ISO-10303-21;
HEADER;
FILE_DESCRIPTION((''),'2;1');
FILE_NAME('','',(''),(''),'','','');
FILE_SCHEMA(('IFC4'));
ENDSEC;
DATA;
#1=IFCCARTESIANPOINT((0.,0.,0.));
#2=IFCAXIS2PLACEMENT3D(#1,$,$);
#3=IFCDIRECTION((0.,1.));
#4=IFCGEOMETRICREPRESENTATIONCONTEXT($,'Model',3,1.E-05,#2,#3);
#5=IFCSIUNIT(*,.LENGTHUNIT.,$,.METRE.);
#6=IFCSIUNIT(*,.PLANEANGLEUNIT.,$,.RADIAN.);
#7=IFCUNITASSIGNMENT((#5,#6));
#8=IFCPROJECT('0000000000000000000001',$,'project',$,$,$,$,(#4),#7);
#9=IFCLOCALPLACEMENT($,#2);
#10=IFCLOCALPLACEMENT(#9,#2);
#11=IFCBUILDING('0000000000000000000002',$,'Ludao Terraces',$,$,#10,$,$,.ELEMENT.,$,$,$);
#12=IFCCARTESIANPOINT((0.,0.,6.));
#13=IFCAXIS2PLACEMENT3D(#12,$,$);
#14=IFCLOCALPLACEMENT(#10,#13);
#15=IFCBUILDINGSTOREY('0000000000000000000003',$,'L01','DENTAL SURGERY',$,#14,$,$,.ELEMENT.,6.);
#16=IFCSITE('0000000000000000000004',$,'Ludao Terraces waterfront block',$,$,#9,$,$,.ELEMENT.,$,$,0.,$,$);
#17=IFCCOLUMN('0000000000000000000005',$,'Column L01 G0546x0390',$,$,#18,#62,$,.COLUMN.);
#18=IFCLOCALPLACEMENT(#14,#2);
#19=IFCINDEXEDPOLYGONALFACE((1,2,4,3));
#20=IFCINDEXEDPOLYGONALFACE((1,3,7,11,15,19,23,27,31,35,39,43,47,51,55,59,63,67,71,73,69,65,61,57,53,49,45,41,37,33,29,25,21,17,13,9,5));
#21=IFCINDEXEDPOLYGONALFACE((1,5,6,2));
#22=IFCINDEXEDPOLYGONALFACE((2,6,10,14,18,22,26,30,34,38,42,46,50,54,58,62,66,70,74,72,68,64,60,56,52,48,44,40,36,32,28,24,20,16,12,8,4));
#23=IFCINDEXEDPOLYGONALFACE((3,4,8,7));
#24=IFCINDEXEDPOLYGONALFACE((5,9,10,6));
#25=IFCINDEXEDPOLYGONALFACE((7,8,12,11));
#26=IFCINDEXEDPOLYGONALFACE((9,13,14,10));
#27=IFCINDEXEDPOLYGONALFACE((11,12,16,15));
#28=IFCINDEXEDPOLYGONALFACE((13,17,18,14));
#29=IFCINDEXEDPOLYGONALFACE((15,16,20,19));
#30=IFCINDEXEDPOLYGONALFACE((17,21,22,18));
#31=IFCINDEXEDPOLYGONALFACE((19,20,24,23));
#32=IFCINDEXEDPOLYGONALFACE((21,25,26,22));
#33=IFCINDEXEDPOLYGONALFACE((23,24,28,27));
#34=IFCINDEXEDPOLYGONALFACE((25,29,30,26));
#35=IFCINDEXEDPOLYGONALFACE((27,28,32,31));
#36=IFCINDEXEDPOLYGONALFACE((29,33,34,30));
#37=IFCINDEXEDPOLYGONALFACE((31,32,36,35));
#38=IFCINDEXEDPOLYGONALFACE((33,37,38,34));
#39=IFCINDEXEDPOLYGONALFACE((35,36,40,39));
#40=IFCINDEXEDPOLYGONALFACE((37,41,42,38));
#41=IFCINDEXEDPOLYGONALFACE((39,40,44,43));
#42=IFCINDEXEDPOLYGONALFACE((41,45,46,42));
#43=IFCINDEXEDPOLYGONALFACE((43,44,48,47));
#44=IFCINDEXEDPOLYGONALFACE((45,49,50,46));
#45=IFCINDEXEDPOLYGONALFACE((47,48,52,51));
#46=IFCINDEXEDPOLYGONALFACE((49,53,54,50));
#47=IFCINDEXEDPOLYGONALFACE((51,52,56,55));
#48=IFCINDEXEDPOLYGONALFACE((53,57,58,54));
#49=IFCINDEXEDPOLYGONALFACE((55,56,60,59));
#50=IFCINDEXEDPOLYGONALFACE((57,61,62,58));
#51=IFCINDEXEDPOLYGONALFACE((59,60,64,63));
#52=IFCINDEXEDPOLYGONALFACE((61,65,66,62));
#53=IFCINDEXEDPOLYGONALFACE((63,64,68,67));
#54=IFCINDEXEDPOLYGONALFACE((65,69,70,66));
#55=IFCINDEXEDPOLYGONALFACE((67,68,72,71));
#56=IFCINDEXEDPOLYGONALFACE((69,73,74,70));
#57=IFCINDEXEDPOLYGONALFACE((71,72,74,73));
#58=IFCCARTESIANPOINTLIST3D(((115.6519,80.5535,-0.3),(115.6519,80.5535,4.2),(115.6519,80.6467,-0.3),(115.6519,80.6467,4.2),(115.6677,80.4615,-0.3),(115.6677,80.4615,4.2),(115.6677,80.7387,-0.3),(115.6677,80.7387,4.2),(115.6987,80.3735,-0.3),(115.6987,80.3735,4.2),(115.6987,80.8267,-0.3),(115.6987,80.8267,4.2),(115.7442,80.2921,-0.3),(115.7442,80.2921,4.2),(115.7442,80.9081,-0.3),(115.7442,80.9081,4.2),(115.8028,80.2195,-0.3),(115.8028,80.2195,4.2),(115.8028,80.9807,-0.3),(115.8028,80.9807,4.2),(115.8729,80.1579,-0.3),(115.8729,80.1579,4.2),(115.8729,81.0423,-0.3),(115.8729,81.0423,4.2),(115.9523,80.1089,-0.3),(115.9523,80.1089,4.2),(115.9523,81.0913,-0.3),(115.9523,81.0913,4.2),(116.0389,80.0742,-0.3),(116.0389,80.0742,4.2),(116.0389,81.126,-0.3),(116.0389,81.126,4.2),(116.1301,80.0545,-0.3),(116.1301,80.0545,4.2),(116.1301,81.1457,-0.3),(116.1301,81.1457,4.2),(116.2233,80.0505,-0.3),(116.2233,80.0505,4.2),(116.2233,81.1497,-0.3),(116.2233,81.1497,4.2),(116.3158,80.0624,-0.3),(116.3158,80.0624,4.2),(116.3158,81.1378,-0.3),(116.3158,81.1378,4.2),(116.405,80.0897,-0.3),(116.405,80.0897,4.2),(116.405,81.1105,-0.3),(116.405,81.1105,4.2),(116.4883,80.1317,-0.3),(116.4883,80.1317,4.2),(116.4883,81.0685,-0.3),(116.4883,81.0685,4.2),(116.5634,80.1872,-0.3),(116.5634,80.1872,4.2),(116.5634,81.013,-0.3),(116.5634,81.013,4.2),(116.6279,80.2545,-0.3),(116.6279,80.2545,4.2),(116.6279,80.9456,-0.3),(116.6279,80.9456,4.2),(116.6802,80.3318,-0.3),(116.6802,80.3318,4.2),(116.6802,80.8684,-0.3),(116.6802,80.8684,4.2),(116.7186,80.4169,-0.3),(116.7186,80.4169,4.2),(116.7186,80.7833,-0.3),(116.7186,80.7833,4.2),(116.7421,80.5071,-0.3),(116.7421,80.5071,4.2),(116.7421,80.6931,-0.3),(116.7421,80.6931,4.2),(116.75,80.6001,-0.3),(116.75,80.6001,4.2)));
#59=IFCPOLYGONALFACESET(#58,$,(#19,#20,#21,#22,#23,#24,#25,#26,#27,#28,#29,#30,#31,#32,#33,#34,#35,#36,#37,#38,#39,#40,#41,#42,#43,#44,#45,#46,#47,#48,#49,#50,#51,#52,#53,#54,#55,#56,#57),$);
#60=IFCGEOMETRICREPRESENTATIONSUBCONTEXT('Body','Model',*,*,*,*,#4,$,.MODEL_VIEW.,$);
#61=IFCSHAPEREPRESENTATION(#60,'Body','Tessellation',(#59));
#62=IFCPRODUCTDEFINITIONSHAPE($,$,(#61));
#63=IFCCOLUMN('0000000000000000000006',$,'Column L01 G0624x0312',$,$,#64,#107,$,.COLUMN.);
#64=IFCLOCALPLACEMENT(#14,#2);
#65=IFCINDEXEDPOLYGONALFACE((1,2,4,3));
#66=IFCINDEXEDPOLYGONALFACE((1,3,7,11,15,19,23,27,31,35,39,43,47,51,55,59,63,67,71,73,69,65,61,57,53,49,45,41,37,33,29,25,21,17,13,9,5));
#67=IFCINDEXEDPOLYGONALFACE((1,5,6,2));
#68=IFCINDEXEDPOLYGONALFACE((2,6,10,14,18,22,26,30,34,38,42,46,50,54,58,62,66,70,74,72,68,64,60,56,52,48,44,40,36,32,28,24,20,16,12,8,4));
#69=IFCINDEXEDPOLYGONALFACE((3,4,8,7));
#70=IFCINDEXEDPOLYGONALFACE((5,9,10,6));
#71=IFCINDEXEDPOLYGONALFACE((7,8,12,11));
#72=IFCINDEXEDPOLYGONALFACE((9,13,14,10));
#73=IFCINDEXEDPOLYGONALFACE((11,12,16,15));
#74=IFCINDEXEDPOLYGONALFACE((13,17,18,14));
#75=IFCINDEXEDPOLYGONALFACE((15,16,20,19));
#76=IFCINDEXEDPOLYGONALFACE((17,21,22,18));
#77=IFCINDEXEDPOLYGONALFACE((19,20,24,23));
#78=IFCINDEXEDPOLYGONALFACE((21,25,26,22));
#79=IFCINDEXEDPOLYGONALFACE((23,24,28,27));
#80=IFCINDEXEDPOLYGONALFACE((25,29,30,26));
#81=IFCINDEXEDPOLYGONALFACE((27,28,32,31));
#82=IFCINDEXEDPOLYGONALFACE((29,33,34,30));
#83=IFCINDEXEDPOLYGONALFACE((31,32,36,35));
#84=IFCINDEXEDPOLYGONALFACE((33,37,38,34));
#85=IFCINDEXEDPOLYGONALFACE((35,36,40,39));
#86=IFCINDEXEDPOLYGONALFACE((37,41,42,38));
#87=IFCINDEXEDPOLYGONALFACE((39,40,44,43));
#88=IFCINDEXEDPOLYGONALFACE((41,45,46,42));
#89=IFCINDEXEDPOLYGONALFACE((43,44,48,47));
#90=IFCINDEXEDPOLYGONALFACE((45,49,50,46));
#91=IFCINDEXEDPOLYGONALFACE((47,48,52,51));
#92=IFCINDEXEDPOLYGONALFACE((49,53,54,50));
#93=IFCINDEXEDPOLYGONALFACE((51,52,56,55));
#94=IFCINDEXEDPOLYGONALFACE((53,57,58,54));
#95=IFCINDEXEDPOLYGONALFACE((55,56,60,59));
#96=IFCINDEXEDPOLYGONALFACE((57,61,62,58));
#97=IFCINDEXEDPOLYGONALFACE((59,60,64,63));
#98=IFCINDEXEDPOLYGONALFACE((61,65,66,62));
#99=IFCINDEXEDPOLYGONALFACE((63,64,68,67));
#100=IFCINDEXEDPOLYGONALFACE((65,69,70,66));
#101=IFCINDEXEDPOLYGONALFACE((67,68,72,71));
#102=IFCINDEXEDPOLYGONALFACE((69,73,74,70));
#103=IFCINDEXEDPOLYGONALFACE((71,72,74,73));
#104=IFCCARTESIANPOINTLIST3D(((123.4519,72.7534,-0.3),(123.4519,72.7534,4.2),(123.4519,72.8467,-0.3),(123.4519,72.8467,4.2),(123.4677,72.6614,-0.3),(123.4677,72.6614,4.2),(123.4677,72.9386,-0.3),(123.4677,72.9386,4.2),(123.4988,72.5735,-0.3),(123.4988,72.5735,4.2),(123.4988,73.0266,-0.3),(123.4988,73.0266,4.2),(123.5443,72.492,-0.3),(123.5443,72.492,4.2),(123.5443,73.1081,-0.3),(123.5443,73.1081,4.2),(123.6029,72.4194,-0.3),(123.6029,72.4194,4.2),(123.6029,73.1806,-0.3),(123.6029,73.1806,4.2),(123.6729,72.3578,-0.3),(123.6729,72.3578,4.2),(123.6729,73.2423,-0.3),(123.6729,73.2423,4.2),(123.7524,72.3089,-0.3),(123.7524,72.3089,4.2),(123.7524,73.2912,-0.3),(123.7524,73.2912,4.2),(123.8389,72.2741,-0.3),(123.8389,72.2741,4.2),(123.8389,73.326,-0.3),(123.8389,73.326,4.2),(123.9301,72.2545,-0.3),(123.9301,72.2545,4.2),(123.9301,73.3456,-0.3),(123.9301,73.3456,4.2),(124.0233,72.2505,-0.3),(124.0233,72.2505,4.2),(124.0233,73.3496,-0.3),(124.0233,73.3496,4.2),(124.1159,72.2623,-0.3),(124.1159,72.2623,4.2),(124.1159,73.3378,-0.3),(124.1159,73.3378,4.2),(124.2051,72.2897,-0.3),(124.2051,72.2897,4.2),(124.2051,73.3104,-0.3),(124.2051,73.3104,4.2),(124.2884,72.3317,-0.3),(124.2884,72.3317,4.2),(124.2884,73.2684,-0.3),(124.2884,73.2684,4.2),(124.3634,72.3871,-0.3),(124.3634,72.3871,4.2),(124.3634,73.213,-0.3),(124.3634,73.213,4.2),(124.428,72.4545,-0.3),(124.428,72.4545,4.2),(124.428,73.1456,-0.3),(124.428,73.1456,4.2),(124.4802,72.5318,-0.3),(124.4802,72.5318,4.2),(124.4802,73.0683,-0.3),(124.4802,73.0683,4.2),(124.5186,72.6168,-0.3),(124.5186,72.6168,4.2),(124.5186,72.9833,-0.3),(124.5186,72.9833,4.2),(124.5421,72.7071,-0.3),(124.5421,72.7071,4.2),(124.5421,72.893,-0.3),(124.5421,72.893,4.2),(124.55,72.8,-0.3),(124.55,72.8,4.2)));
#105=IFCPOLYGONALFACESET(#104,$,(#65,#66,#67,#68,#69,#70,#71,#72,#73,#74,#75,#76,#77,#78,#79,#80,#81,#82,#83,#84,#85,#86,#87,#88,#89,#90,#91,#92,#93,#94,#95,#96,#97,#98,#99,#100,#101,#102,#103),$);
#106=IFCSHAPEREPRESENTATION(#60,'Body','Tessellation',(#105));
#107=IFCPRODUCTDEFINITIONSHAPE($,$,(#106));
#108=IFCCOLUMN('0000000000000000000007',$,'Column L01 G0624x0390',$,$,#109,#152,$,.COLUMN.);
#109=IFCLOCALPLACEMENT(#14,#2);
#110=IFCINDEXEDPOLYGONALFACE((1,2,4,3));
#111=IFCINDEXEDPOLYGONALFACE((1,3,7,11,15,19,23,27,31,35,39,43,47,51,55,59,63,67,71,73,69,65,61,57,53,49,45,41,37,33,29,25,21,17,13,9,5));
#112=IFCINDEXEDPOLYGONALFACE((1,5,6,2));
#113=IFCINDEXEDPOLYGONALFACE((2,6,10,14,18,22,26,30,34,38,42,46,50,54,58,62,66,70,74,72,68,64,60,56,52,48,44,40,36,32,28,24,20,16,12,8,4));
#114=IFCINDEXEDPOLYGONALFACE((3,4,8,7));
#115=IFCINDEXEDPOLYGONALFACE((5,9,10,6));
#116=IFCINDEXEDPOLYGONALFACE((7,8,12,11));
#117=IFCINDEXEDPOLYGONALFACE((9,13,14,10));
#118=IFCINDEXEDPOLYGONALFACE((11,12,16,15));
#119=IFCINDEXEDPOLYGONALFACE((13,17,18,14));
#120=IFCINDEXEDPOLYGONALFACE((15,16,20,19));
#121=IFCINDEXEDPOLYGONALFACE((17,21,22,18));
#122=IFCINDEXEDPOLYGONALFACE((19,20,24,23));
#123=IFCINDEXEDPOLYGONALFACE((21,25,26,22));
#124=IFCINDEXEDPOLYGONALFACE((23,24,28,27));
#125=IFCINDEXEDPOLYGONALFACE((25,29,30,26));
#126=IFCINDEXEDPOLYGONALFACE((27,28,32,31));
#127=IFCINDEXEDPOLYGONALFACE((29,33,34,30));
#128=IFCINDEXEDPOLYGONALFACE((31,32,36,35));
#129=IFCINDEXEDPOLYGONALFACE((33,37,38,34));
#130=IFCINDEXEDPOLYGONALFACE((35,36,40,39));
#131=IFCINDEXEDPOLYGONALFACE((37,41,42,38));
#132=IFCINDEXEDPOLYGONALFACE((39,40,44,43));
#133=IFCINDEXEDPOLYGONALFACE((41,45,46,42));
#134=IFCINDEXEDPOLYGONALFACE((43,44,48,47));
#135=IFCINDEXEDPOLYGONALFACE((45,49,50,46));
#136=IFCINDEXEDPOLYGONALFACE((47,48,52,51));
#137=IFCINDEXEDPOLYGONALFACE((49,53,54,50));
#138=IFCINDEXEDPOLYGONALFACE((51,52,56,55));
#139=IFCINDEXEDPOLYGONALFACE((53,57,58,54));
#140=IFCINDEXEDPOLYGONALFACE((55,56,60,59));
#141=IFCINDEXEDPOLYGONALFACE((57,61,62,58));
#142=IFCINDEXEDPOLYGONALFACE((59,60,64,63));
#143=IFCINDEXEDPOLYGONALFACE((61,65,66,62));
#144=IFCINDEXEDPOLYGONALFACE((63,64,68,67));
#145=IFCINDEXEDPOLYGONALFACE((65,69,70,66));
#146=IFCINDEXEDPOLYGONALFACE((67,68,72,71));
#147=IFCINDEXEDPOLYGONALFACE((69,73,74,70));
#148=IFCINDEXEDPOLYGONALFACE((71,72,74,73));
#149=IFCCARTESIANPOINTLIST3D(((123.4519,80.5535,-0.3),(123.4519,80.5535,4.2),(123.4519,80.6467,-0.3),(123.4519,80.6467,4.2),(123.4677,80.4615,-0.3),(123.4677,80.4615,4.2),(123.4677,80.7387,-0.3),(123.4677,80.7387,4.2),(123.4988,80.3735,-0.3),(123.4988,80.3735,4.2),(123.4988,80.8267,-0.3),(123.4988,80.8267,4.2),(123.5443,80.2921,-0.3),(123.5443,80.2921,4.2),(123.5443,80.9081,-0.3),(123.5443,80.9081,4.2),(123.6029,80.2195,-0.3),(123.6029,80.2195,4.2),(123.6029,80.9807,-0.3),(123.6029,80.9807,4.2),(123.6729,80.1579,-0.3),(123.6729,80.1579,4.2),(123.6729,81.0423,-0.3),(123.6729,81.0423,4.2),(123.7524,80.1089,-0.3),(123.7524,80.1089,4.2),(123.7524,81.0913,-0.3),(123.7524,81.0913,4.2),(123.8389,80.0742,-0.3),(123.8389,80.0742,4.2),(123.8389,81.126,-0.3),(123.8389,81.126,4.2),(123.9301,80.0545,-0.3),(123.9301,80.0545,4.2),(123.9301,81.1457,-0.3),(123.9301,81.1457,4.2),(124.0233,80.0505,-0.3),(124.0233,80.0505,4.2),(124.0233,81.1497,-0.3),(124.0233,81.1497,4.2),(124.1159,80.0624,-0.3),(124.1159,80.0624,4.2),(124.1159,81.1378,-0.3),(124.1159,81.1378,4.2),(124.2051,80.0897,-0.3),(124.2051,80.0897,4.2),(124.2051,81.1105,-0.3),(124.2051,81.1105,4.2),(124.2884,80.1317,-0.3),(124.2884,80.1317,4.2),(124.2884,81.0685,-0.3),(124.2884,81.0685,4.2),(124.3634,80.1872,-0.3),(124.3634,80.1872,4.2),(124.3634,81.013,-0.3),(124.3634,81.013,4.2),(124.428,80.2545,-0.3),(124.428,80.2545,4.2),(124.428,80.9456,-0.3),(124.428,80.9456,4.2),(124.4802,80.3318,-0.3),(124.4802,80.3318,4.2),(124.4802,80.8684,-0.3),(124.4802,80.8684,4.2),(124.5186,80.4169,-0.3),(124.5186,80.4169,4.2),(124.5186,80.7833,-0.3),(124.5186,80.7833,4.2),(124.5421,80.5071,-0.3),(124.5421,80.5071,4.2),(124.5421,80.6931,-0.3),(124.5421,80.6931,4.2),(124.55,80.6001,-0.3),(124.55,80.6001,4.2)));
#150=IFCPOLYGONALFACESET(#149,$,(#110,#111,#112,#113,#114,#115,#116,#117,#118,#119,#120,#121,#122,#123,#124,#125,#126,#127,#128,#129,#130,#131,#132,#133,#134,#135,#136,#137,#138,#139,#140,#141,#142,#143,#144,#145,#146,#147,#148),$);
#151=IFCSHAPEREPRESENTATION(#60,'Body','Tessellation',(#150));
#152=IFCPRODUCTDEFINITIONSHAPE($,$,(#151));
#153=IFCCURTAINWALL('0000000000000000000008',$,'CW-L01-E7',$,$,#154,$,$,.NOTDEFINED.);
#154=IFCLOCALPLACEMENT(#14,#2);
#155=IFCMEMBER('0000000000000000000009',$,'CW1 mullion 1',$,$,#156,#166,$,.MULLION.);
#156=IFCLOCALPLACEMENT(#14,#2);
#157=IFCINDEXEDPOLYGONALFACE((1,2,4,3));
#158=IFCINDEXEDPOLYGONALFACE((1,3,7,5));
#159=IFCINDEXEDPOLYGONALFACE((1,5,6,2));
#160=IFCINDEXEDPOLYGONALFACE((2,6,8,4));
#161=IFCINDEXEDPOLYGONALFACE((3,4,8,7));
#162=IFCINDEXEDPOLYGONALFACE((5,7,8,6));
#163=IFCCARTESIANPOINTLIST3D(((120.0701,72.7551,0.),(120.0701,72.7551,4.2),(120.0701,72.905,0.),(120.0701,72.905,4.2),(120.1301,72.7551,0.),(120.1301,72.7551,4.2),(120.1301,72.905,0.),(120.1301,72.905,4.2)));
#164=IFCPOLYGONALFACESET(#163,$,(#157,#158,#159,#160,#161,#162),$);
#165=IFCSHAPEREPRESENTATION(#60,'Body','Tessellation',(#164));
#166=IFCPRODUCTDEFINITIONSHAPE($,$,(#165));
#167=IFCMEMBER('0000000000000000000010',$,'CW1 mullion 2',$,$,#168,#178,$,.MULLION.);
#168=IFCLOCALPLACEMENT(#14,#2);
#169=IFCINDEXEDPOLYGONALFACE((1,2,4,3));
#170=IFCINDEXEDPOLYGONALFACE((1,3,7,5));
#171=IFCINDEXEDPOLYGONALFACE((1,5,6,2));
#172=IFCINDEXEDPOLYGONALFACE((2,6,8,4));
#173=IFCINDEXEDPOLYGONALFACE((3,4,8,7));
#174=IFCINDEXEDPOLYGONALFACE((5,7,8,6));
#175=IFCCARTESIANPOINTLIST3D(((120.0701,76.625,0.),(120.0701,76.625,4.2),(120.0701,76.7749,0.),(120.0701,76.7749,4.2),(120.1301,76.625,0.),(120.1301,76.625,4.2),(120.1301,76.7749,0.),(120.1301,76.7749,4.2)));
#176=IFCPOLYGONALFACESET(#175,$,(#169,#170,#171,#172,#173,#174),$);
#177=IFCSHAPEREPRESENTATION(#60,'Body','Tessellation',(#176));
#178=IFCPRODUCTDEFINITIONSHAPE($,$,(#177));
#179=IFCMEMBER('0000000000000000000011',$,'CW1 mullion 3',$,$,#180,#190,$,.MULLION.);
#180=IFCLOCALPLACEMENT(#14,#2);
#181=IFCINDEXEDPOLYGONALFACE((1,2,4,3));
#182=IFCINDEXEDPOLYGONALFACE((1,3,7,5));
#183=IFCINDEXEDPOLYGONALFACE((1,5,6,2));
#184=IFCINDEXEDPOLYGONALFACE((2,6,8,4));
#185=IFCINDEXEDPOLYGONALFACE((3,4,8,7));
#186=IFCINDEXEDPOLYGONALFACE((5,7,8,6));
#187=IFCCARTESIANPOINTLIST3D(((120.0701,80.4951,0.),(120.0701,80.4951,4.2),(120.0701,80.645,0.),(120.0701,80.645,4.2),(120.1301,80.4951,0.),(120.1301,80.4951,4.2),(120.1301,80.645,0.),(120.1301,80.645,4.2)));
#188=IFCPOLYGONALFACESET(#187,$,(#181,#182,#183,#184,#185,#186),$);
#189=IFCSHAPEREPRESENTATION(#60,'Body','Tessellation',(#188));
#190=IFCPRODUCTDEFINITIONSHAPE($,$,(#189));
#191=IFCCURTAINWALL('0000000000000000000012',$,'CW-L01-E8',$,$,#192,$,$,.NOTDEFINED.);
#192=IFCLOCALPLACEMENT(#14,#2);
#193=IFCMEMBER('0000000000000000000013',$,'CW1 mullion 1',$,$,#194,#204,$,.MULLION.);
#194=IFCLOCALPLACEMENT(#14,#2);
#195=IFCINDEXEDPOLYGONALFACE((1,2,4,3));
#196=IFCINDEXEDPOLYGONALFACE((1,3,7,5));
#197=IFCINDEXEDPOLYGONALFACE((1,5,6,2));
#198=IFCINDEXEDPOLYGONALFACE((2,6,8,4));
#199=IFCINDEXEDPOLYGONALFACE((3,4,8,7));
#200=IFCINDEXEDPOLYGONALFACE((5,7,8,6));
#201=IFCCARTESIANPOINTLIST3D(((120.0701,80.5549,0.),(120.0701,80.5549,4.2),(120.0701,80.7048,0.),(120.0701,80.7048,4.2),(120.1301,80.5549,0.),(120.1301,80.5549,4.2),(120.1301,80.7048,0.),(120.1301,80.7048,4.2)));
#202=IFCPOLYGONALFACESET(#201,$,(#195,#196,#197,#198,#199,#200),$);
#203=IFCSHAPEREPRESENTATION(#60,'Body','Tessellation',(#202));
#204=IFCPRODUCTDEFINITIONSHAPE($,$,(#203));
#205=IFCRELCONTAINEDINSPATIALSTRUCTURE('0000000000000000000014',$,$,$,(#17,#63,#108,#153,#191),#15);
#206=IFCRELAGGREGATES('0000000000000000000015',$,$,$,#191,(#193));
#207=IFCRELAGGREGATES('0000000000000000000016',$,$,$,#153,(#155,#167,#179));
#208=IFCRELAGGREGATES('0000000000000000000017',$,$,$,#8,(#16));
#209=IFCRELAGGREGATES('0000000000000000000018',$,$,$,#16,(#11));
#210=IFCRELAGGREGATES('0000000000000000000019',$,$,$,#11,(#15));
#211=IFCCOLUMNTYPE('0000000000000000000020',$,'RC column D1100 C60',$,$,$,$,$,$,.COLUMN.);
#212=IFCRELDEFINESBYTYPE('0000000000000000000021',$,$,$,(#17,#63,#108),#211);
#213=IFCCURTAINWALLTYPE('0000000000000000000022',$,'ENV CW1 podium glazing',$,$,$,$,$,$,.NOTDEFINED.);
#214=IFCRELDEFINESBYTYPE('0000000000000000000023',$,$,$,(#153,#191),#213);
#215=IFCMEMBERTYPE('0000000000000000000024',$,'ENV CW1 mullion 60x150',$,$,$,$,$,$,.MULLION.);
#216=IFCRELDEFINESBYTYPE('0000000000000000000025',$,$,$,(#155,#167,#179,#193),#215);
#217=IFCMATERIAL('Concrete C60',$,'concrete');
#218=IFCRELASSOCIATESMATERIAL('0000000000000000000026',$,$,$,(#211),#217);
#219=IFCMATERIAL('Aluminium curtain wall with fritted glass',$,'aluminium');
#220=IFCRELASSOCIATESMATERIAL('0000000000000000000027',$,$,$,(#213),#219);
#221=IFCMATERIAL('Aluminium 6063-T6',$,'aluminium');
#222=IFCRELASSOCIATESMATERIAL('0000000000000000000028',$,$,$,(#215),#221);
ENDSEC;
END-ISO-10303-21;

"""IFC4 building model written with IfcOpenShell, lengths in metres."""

from ifc_helpers import new_model, si_unit, direction, frame, origin, origin_2d, place, context, subcontext, project, spatial, rectangle, circle, extrude, material, material_profile, profile_set, type_object, element, aggregate, save


model = new_model("IFC4")

# Units and contexts
model_context = context("Model", 3, precision=1e-05, world=origin(), true_north=direction((0.0, 1.0)))
body_context = subcontext(model_context, "Body", "Model", "MODEL_VIEW")
ifc_project = project(units=[si_unit("LENGTHUNIT", "METRE"), si_unit("PLANEANGLEUNIT", "RADIAN")], contexts=[model_context])

# Site, building, storey
site_placement = place(None, origin())
site = spatial("IfcSite", under=ifc_project, at=site_placement, Name="Ludao Terraces waterfront block", CompositionType="ELEMENT", RefElevation=0.0)
building_placement = place(site_placement, origin())
building = spatial("IfcBuilding", under=site, at=building_placement, Name="Ludao Terraces", CompositionType="ELEMENT")
storey_placement = place(building_placement, frame((0.0, 0.0, 6.0)))
storey = spatial("IfcBuildingStorey", under=building, at=storey_placement, Name="L01", Description="DENTAL SURGERY", CompositionType="ELEMENT", Elevation=6.0)

# Columns
ifc_material_1 = material(Name="Concrete C60", Category="concrete")
ifc_material_profile_1 = material_profile(ifc_material_1, circle(Radius=0.55, at=origin_2d()), Name="D1100")
ifc_profile_set_1 = profile_set([ifc_material_profile_1], Name="Concrete C60")
column_type = type_object("IfcColumnType", Name="RC column D1100 C60", PredefinedType="COLUMN", material=ifc_profile_set_1)
for number, where, z_axis, x_axis, name in (
    (1, (116.2, 80.6001, -0.3), (0.0, 0.0, 1.0), (1.0, 0.0, 0.0), "Column L01 G0546x0390"),
    (2, (124.0, 72.8, -0.3), (0.0, 0.0, 1.0), (1.0, 0.0, 0.0), "Column L01 G0624x0312"),
    (3, (124.0, 80.6001, -0.3), (0.0, 0.0, 1.0), (1.0, 0.0, 0.0), "Column L01 G0624x0390"),
):
    element("IfcColumn", number, at=place(storey_placement, frame(where, z_axis=z_axis, x_axis=x_axis)), inside=storey, type_object=column_type, Name=name, PredefinedType="COLUMN", context=body_context, shape_type="SweptSolid", body=[
        extrude(circle(Radius=0.55, at=origin_2d()), origin(), (0.0, 0.0, 1.0), 4.5),
    ])

# Curtain wall, members
ifc_material_2 = material(Name="Aluminium curtain wall with fritted glass", Category="aluminium")
curtain_wall_type = type_object("IfcCurtainWallType", Name="ENV CW1 podium glazing", PredefinedType="NOTDEFINED", material=ifc_material_2)
curtain_wall_1_placement = place(storey_placement, origin())
curtain_wall_1 = element("IfcCurtainWall", 4, at=curtain_wall_1_placement, inside=storey, type_object=curtain_wall_type, Name="CW-L01-E7", PredefinedType="NOTDEFINED")
ifc_material_3 = material(Name="Aluminium 6063-T6", Category="aluminium")
ifc_material_profile_2 = material_profile(ifc_material_3, rectangle(XDim=0.0601, YDim=0.1499, at=origin_2d()), Name="60 X 150")
ifc_profile_set_2 = profile_set([ifc_material_profile_2], Name="Aluminium 6063-T6")
member_type_1 = type_object("IfcMemberType", Name="ENV CW1 mullion 60x150", PredefinedType="MULLION", material=ifc_profile_set_2)
member_1_placement = place(storey_placement, frame((120.1001, 72.8301, 0.0), z_axis=(0.0, 0.0, 1.0), x_axis=(-1.0, 0.0, 0.0)))
member_1 = element("IfcMember", 5, at=member_1_placement, type_object=member_type_1, Name="CW1 mullion 1", PredefinedType="MULLION", context=body_context, shape_type="SweptSolid", body=[
    extrude(rectangle(XDim=0.0601, YDim=0.1499, at=origin_2d()), origin(), (0.0, 0.0, 1.0), 4.2),
])
member_2_placement = place(storey_placement, frame((120.1001, 76.7, 0.0), z_axis=(0.0, 0.0, 1.0), x_axis=(-1.0, 0.0, 0.0)))
member_2 = element("IfcMember", 6, at=member_2_placement, type_object=member_type_1, Name="CW1 mullion 2", PredefinedType="MULLION", context=body_context, shape_type="SweptSolid", body=[
    extrude(rectangle(XDim=0.0601, YDim=0.1499, at=origin_2d()), origin(), (0.0, 0.0, 1.0), 4.2),
])
member_3_placement = place(storey_placement, frame((120.1001, 80.5701, 0.0), z_axis=(0.0, 0.0, 1.0), x_axis=(-1.0, 0.0, 0.0)))
member_3 = element("IfcMember", 7, at=member_3_placement, type_object=member_type_1, Name="CW1 mullion 3", PredefinedType="MULLION", context=body_context, shape_type="SweptSolid", body=[
    extrude(rectangle(XDim=0.0601, YDim=0.1499, at=origin_2d()), origin(), (0.0, 0.0, 1.0), 4.2),
])

# Curtain wall, member
curtain_wall_2_placement = place(storey_placement, origin())
curtain_wall_2 = element("IfcCurtainWall", 8, at=curtain_wall_2_placement, inside=storey, type_object=curtain_wall_type, Name="CW-L01-E8", PredefinedType="NOTDEFINED")
member_4_placement = place(storey_placement, frame((120.1001, 80.6299, 0.0), z_axis=(0.0, 0.0, 1.0), x_axis=(-1.0, 0.0, 0.0)))
member_4 = element("IfcMember", 9, at=member_4_placement, type_object=member_type_1, Name="CW1 mullion 1", PredefinedType="MULLION", context=body_context, shape_type="SweptSolid", body=[
    extrude(rectangle(XDim=0.0601, YDim=0.1499, at=origin_2d()), origin(), (0.0, 0.0, 1.0), 4.2),
])
aggregate(curtain_wall_2, [member_4])

aggregate(curtain_wall_1, [member_1, member_2, member_3])

save(model, "model.ifc")
